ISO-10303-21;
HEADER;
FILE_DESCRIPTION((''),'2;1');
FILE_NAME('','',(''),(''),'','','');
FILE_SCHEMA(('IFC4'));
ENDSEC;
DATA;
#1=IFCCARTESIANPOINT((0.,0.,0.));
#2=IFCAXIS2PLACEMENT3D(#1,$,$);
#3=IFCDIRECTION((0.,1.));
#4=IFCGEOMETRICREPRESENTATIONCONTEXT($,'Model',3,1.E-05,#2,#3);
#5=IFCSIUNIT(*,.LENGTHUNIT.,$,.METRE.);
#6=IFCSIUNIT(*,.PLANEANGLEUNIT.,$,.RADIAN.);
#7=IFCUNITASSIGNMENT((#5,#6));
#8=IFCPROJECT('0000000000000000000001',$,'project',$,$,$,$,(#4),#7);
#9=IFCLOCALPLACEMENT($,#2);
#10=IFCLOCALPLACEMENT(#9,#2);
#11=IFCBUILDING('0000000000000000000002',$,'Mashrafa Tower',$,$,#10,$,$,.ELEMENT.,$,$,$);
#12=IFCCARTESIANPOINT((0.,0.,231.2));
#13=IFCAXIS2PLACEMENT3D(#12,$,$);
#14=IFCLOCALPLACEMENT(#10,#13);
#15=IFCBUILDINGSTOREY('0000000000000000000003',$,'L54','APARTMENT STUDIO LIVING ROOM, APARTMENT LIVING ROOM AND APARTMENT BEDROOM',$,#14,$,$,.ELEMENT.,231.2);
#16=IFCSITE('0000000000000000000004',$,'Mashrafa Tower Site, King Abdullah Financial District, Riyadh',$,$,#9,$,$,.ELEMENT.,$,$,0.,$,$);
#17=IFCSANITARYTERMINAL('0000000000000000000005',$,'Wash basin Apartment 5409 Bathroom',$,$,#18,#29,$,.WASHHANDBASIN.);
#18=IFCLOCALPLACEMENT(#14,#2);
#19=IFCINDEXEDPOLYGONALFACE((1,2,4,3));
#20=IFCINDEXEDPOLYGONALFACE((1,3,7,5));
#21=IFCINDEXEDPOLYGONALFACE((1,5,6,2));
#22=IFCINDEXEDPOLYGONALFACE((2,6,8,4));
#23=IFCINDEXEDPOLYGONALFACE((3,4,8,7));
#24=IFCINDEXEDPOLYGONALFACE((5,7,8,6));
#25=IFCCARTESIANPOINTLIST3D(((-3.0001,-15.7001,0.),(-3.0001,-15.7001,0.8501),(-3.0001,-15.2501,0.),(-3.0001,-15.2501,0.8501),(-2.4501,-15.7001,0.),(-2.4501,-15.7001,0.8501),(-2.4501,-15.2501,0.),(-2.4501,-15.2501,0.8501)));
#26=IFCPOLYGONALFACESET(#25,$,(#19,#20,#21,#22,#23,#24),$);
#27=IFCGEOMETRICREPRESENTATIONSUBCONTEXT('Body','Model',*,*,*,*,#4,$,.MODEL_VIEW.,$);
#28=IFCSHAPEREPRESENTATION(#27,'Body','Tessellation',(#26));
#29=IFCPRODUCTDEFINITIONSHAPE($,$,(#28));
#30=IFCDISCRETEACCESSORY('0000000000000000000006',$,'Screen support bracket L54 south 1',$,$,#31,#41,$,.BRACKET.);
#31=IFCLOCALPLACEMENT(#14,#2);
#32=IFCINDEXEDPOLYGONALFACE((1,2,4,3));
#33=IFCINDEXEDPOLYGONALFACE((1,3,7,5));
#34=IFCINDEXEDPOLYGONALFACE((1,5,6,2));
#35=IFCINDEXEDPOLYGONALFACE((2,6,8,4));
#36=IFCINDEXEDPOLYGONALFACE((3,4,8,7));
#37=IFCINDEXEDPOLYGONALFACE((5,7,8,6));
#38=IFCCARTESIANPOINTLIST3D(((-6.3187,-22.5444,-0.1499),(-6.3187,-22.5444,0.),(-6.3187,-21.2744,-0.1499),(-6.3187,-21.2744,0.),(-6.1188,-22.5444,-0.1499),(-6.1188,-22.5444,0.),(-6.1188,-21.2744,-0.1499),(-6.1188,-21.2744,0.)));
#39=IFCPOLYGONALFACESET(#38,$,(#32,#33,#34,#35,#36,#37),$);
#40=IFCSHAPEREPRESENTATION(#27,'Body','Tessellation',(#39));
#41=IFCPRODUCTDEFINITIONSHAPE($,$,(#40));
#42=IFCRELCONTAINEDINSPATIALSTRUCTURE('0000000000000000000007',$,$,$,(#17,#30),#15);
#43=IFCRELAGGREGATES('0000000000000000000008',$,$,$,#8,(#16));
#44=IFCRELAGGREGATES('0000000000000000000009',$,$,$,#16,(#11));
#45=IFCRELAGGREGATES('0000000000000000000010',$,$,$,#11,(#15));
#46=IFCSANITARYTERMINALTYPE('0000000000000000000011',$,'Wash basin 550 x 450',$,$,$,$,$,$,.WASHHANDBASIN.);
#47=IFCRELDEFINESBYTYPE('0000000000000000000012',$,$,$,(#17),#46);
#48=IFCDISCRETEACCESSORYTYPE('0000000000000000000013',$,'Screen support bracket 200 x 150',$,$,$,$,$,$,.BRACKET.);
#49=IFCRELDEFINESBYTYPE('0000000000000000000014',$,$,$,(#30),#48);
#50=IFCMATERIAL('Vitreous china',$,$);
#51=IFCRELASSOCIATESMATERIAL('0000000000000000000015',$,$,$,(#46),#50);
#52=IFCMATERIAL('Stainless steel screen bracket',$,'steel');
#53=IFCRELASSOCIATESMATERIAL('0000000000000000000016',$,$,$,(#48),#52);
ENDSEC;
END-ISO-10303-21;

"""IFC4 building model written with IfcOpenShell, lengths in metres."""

from ifc_helpers import new_model, si_unit, direction, frame, origin, origin_2d, place, context, subcontext, project, spatial, rectangle, extrude, source, transform, mapped, material, type_object, type_shapes, element, save


model = new_model("IFC4")

# Units and contexts
model_context = context("Model", 3, precision=1e-05, world=origin(), true_north=direction((0.0, 1.0)))
body_context = subcontext(model_context, "Body", "Model", "MODEL_VIEW")
ifc_project = project(units=[si_unit("LENGTHUNIT", "METRE"), si_unit("PLANEANGLEUNIT", "RADIAN")], contexts=[model_context])

# Site, building, storey
site_placement = place(None, origin())
site = spatial("IfcSite", under=ifc_project, at=site_placement, Name="Mashrafa Tower Site, King Abdullah Financial District, Riyadh", CompositionType="ELEMENT", RefElevation=0.0)
building_placement = place(site_placement, origin())
building = spatial("IfcBuilding", under=site, at=building_placement, Name="Mashrafa Tower", CompositionType="ELEMENT")
storey_placement = place(building_placement, frame((0.0, 0.0, 231.2)))
storey = spatial("IfcBuildingStorey", under=building, at=storey_placement, Name="L54", Description="APARTMENT STUDIO LIVING ROOM, APARTMENT LIVING ROOM AND APARTMENT BEDROOM", CompositionType="ELEMENT", Elevation=231.2)

# Sanitary terminal
ifc_material_1 = material(Name="Vitreous china")
sanitary_terminal_type_1 = type_object("IfcSanitaryTerminalType", Name="Wash basin 550 x 450", PredefinedType="WASHHANDBASIN", material=ifc_material_1)
sanitary_terminal_1_placement = place(storey_placement, frame((-2.7251, -15.4751, 0.0), z_axis=(0.0, 0.0, 1.0), x_axis=(1.0, 0.0, 0.0)))
element("IfcSanitaryTerminal", 1, at=sanitary_terminal_1_placement, inside=storey, type_object=sanitary_terminal_type_1, Name="Wash basin Apartment 5409 Bathroom", PredefinedType="WASHHANDBASIN", context=body_context, shape_type="SweptSolid", body=[
    extrude(rectangle(XDim=0.55, YDim=0.45, at=origin_2d()), origin(), (0.0, 0.0, 1.0), 0.8501),
])

# Discrete accessory
ifc_material_2 = material(Name="Stainless steel screen bracket", Category="steel")
discrete_accessory_type = type_object("IfcDiscreteAccessoryType", Name="Screen support bracket 200 x 150", PredefinedType="BRACKET", material=ifc_material_2)
shared_shape_1 = source(origin(), body_context, "Body", "SweptSolid", [
    extrude(rectangle(XDim=0.2, YDim=1.27, at=origin_2d()), origin(), (0.0, 0.0, 1.0), 0.1499),
])
type_shapes(discrete_accessory_type, [shared_shape_1])
discrete_accessory_placement = place(storey_placement, frame((-6.2188, -21.9094, -0.1499), z_axis=(0.0, 0.0, 1.0), x_axis=(1.0, 0.0, 0.0)))
element("IfcDiscreteAccessory", 2, at=discrete_accessory_placement, inside=storey, type_object=discrete_accessory_type, Name="Screen support bracket L54 south 1", PredefinedType="BRACKET", context=body_context, shape_type="MappedRepresentation", body=[
    mapped(shared_shape_1, transform((0.0, 0.0, 0.0))),
])

save(model, "model.ifc")
